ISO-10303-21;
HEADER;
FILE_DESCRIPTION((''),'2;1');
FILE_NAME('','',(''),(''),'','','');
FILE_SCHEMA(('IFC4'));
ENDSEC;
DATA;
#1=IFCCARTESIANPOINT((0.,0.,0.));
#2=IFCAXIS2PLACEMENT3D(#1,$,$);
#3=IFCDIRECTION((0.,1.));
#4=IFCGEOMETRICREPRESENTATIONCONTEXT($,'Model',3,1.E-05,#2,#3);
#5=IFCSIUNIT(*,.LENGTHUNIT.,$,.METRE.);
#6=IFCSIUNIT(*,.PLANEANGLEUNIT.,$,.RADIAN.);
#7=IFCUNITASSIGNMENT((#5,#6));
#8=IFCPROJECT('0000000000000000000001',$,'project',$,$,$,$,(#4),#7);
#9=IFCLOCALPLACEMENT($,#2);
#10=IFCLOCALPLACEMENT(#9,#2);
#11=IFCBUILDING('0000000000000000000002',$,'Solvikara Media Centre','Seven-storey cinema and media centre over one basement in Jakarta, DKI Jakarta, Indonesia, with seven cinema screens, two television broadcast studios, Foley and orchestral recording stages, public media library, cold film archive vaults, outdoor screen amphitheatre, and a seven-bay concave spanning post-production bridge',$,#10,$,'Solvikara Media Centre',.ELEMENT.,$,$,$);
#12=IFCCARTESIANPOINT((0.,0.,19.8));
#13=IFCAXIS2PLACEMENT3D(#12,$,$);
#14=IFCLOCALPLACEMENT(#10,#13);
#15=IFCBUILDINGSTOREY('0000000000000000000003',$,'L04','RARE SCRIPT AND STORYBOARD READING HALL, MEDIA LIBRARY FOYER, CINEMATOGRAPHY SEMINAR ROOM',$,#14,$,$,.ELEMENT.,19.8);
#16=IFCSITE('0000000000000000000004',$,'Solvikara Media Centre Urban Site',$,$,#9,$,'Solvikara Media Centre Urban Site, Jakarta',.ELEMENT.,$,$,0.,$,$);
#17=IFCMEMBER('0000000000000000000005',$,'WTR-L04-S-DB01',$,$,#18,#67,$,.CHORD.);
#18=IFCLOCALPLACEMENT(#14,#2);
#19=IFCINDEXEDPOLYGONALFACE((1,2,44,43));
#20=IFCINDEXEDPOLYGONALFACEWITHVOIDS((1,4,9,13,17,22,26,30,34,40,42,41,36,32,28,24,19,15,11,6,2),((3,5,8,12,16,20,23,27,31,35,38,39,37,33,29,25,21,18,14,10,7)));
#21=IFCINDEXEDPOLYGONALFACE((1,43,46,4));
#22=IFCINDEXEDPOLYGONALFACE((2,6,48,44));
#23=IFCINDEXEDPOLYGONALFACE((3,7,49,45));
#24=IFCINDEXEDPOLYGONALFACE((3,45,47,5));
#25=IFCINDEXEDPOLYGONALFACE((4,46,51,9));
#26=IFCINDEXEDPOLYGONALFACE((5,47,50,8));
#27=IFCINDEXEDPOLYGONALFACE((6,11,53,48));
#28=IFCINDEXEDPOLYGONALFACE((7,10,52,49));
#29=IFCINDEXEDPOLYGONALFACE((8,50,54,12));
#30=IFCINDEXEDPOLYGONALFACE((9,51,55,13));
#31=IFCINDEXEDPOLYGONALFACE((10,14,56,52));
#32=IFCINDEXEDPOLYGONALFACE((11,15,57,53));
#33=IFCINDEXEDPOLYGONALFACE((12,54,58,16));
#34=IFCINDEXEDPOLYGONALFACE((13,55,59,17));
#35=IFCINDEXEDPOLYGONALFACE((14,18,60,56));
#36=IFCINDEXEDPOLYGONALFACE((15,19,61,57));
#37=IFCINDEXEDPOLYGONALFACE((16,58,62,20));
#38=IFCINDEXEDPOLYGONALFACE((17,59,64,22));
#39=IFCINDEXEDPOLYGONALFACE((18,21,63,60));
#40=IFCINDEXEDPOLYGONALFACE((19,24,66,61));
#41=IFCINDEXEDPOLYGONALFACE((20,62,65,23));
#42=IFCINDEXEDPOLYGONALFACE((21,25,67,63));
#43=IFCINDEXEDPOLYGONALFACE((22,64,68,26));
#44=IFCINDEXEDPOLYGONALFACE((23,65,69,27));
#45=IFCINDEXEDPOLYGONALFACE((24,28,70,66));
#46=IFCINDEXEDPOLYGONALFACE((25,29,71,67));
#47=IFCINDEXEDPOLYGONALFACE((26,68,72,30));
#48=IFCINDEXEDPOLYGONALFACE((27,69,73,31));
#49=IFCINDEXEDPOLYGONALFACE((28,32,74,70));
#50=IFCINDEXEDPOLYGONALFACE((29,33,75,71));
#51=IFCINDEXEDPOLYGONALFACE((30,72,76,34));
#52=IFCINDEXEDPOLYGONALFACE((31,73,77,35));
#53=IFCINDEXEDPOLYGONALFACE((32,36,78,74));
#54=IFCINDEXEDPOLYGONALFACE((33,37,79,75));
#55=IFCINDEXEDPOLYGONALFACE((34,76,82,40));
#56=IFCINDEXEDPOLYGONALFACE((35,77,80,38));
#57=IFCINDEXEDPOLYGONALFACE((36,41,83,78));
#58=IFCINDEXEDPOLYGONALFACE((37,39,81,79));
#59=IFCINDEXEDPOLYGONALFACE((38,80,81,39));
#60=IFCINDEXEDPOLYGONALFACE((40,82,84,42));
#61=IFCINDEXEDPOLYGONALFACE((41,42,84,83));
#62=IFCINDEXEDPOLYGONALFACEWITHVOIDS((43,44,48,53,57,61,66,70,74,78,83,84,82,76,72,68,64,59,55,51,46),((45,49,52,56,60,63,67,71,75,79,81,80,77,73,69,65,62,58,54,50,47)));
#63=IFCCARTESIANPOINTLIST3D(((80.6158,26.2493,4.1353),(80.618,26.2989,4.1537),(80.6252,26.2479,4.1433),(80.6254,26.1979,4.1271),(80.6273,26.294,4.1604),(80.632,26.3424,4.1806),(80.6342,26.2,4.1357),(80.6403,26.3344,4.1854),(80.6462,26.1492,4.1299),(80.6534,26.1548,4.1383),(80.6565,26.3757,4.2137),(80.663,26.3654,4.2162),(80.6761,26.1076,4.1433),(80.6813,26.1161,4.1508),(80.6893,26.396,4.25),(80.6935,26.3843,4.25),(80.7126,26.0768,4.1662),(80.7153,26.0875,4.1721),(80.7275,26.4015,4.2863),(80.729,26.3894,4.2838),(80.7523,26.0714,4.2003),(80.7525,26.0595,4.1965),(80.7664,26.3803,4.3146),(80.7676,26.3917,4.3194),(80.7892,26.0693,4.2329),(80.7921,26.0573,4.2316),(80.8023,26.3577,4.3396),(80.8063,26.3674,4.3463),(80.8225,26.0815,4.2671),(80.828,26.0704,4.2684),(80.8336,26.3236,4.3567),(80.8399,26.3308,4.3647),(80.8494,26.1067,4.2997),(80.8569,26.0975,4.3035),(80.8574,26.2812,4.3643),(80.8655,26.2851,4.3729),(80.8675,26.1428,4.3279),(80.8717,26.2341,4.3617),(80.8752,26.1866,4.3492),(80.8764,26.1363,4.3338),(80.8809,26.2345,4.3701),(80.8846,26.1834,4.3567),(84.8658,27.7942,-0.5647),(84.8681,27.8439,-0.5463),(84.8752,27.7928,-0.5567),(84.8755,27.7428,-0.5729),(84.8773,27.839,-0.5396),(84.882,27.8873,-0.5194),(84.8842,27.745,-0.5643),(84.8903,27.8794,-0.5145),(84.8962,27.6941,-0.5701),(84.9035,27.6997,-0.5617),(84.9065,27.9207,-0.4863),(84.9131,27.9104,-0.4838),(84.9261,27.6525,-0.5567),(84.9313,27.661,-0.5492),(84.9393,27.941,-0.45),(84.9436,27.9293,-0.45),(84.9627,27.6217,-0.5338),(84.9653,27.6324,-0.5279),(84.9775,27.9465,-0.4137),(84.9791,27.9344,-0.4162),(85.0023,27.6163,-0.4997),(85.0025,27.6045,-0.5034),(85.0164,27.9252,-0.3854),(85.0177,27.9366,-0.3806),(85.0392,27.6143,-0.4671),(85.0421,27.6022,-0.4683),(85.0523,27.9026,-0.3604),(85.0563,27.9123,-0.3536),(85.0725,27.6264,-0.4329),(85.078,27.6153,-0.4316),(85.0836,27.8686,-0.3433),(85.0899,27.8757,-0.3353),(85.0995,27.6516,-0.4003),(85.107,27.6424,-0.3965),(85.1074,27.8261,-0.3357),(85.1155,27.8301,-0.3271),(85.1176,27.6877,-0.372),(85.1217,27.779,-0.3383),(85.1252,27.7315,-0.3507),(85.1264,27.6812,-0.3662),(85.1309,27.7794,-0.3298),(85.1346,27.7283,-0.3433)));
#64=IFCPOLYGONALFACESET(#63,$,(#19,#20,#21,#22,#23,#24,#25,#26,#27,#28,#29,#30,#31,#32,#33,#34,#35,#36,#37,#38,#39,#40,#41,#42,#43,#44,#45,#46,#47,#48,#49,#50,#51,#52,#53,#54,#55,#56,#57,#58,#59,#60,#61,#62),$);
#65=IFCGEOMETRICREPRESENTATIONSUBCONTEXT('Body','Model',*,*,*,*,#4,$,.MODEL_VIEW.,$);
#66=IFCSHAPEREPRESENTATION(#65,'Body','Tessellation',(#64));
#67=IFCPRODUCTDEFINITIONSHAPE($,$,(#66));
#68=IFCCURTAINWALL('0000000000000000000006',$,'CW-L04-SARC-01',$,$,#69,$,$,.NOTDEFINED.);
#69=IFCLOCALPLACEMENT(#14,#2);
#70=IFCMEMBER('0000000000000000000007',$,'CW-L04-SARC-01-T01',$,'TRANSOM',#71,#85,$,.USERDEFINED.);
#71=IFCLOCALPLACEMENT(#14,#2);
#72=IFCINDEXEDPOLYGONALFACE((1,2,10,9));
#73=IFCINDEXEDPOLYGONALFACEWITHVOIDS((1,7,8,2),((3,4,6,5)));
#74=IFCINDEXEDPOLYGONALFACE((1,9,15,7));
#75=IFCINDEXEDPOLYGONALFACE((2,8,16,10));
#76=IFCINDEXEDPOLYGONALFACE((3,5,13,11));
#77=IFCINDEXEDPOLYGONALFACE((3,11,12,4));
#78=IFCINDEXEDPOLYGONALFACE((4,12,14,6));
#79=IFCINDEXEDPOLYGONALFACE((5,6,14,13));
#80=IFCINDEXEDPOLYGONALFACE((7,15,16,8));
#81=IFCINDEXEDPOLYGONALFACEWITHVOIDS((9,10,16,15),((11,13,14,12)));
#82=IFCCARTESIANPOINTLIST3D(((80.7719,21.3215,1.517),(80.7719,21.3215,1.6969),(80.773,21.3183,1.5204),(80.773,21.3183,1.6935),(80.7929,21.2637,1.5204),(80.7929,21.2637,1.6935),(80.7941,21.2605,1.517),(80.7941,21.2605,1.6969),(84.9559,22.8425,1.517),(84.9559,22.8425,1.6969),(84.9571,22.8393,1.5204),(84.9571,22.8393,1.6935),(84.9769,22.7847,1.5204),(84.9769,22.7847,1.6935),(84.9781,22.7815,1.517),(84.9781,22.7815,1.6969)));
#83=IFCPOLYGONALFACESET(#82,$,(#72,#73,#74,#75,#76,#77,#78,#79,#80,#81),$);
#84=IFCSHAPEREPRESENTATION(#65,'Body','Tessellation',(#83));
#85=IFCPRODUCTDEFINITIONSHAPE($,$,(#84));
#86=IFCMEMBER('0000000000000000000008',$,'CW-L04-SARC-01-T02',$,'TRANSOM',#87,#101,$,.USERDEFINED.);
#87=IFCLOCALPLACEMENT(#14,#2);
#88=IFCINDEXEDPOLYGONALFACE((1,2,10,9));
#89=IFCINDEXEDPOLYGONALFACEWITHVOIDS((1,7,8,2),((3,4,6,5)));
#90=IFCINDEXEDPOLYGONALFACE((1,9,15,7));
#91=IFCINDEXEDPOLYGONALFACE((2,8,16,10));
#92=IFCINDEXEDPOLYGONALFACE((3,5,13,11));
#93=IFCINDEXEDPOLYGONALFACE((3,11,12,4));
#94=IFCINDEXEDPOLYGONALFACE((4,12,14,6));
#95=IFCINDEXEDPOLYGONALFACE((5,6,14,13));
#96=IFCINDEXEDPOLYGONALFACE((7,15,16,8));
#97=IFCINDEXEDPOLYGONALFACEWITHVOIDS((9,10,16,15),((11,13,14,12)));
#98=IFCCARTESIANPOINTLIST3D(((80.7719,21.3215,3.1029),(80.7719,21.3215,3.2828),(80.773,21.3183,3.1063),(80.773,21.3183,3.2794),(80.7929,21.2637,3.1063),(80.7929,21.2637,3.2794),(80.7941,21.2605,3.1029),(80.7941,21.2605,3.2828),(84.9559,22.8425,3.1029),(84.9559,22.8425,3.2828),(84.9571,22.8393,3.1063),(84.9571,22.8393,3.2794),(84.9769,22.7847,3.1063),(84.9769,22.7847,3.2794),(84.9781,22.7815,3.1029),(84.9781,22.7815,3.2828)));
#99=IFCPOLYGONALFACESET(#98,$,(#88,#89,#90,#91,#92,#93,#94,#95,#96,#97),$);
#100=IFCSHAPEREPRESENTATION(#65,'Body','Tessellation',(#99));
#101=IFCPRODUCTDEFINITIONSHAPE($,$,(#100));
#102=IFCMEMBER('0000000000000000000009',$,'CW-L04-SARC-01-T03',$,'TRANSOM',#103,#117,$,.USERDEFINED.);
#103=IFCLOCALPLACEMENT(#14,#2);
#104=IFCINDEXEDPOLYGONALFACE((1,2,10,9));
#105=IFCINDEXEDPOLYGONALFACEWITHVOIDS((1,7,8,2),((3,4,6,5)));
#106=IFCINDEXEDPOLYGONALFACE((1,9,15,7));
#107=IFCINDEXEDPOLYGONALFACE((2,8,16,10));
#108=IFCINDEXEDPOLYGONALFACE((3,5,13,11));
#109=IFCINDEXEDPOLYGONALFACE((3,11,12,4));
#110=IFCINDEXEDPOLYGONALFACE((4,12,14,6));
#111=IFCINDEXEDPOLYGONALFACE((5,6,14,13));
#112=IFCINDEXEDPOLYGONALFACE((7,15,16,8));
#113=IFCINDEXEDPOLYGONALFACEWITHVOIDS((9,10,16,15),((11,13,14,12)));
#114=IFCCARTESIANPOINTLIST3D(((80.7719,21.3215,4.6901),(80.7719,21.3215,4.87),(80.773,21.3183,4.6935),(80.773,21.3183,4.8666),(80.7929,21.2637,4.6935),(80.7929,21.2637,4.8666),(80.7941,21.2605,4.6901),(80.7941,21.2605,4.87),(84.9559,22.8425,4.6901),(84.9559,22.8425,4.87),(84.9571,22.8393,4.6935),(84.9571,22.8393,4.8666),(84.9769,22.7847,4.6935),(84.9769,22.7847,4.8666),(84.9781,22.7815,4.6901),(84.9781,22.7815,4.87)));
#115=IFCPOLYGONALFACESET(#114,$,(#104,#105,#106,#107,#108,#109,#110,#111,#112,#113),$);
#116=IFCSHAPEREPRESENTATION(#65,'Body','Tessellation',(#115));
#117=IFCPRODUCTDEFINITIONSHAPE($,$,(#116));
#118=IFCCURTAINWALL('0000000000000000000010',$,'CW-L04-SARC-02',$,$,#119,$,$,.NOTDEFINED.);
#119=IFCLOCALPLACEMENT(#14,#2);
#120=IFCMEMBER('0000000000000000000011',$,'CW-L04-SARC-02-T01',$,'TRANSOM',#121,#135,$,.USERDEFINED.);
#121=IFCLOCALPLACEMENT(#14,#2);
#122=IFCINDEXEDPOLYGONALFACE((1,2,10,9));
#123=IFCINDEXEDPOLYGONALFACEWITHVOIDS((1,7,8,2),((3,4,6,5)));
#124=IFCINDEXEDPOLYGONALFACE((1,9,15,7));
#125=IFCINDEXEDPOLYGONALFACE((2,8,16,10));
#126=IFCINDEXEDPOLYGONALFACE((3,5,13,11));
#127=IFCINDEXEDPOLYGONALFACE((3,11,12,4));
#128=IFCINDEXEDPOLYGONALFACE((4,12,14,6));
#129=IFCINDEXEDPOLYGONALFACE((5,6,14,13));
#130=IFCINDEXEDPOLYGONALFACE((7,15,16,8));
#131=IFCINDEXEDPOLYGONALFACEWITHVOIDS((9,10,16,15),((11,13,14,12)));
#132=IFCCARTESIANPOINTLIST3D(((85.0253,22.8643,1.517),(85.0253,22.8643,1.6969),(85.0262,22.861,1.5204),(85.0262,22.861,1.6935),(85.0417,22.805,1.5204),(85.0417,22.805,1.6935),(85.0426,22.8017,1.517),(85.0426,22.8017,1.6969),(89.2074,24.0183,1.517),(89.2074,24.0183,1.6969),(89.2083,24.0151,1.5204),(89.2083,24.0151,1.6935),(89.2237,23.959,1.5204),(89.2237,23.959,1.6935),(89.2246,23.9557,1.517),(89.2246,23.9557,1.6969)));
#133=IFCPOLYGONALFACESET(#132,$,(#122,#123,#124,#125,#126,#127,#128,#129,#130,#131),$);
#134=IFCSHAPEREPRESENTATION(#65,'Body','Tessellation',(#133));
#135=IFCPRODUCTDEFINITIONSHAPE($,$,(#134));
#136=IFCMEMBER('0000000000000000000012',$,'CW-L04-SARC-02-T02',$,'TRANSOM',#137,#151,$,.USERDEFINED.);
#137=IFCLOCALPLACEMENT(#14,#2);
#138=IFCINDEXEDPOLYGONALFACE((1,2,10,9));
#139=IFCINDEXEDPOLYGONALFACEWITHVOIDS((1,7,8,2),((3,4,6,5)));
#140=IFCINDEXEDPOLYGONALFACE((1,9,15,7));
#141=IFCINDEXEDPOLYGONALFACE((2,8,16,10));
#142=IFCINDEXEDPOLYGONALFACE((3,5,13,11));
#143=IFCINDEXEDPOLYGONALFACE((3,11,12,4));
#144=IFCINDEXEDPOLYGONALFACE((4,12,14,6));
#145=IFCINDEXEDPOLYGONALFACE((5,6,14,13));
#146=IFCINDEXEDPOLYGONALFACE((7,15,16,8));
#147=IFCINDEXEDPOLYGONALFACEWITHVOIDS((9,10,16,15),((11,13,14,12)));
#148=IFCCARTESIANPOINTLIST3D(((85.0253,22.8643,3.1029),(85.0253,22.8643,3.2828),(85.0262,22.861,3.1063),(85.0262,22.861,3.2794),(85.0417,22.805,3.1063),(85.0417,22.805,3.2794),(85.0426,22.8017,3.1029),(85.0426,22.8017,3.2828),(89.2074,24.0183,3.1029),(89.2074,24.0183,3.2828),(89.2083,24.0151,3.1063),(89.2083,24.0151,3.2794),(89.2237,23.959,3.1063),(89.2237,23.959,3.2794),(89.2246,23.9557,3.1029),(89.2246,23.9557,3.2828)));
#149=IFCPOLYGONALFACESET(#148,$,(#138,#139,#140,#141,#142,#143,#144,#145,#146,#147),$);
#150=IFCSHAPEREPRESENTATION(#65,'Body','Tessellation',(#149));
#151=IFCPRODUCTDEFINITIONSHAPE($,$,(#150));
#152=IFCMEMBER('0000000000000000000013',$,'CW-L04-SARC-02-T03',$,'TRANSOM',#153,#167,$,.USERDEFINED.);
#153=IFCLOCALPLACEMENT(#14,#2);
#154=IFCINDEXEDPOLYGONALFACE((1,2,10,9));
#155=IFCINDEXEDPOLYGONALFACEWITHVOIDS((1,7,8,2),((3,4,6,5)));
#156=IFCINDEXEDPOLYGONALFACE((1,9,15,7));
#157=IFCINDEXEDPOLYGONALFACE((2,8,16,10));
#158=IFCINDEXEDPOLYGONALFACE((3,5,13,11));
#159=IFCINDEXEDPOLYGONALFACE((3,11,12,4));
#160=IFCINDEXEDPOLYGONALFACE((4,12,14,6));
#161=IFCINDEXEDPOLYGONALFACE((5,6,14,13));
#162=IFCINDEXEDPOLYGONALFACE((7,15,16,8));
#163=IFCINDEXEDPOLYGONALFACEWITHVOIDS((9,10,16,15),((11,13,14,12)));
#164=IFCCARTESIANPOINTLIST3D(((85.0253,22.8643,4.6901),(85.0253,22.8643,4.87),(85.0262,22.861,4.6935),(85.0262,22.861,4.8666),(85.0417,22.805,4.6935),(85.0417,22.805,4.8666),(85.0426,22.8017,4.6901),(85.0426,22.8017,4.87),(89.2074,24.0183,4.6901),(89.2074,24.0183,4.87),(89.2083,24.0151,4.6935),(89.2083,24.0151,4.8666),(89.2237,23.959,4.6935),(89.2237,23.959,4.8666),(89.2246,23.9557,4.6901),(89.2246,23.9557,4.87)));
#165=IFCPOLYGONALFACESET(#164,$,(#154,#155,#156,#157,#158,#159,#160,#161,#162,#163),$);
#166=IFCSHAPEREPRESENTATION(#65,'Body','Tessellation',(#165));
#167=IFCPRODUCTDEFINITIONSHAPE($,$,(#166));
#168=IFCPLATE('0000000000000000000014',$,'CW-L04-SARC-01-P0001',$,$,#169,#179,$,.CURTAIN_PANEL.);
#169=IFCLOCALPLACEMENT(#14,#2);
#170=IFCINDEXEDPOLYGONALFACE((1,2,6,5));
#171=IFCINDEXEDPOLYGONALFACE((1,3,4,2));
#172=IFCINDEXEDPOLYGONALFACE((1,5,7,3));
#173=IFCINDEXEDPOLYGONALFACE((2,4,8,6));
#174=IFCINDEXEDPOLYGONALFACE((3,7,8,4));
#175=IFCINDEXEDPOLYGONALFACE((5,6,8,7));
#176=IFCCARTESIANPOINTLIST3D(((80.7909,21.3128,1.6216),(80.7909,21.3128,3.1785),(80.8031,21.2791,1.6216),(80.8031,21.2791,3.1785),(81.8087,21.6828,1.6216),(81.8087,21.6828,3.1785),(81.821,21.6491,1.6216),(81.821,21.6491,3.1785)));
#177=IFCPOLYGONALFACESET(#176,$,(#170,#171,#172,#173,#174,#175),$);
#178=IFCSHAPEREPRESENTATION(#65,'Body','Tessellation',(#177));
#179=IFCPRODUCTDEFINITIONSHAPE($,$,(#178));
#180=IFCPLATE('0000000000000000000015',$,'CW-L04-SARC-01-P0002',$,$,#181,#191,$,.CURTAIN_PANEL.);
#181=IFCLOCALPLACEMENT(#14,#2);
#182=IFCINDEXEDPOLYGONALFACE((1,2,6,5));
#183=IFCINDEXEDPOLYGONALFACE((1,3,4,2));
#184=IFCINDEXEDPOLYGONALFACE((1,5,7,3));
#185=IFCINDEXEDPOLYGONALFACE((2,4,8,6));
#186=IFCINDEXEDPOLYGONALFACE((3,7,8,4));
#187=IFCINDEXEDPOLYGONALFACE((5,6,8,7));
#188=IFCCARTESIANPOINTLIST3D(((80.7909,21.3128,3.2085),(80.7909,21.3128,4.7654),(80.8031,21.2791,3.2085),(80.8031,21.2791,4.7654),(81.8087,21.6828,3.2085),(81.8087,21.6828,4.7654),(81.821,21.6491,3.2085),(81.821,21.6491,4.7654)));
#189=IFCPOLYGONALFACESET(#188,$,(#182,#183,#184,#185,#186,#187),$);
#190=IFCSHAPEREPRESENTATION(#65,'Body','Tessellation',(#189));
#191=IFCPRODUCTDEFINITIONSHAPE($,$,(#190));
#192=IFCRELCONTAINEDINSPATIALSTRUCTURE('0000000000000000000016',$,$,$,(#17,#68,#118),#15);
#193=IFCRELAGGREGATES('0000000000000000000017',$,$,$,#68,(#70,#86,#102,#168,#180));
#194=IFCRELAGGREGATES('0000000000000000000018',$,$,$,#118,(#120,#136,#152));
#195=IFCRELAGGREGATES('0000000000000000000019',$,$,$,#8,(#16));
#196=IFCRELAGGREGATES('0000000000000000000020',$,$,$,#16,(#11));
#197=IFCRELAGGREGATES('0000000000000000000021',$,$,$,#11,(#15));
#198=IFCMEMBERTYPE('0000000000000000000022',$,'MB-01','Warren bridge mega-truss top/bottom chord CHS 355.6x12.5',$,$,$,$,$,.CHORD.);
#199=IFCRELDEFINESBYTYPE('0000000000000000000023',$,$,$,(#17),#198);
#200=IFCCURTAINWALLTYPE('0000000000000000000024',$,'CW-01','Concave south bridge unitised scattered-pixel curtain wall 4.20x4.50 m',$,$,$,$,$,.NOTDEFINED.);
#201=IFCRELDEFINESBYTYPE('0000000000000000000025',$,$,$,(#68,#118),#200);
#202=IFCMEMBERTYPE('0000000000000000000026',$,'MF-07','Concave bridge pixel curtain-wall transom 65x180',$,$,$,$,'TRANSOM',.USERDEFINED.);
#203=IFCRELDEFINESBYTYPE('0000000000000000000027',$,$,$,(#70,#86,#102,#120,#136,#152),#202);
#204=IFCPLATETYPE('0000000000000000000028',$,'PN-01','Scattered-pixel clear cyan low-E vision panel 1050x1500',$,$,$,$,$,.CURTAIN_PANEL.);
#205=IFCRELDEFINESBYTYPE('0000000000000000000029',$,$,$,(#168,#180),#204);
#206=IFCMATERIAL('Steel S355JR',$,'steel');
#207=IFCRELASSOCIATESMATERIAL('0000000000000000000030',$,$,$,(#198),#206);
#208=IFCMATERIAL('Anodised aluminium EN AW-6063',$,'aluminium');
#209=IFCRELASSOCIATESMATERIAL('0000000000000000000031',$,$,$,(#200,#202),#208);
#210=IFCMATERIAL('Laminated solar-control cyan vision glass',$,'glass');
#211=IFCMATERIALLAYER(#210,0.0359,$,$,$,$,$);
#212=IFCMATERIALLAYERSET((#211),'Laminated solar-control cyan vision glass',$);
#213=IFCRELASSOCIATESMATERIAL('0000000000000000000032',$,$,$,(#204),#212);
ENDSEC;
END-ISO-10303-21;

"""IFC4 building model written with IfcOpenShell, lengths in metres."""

from ifc_helpers import new_model, si_unit, direction, frame, origin, origin_2d, place, context, subcontext, project, spatial, rectangle, hollow_rectangle, hollow_circle, extrude, material, layer, layer_set, material_profile, profile_set, type_object, element, aggregate, save


model = new_model("IFC4")

# Units and contexts
model_context = context("Model", 3, precision=1e-05, world=origin(), true_north=direction((0.0, 1.0)))
body_context = subcontext(model_context, "Body", "Model", "MODEL_VIEW")
ifc_project = project(units=[si_unit("LENGTHUNIT", "METRE"), si_unit("PLANEANGLEUNIT", "RADIAN")], contexts=[model_context])

# Site, building, storey
site_placement = place(None, origin())
site = spatial("IfcSite", under=ifc_project, at=site_placement, Name="Solvikara Media Centre Urban Site", LongName="Solvikara Media Centre Urban Site, Jakarta", CompositionType="ELEMENT", RefElevation=0.0)
building_placement = place(site_placement, origin())
building = spatial("IfcBuilding", under=site, at=building_placement, Name="Solvikara Media Centre", Description="Seven-storey cinema and media centre over one basement in Jakarta, DKI Jakarta, Indonesia, with seven cinema screens, two television broadcast studios, Foley and orchestral recording stages, public media library, cold film archive vaults, outdoor screen amphitheatre, and a seven-bay concave spanning post-production bridge", LongName="Solvikara Media Centre", CompositionType="ELEMENT")
storey_placement = place(building_placement, frame((0.0, 0.0, 19.8)))
storey = spatial("IfcBuildingStorey", under=building, at=storey_placement, Name="L04", Description="RARE SCRIPT AND STORYBOARD READING HALL, MEDIA LIBRARY FOYER, CINEMATOGRAPHY SEMINAR ROOM", CompositionType="ELEMENT", Elevation=19.8)

# Member
ifc_material_1 = material(Name="Steel S355JR", Category="steel")
ifc_material_profile_1 = material_profile(ifc_material_1, hollow_circle(Radius=0.1777, WallThickness=0.0125, at=origin_2d()), Name="CHS 355.6x12.5")
ifc_profile_set_1 = profile_set([ifc_material_profile_1], Name="Steel S355JR")
member_type_1 = type_object("IfcMemberType", Name="MB-01", Description="Warren bridge mega-truss top/bottom chord CHS 355.6x12.5", PredefinedType="CHORD", material=ifc_profile_set_1)
member_1_placement = place(storey_placement, frame((80.75, 26.229, 4.25), z_axis=(0.651623, 0.236872, -0.720611), x_axis=(-0.341639, 0.939831, 0.0)))
element("IfcMember", 1, at=member_1_placement, inside=storey, type_object=member_type_1, Name="WTR-L04-S-DB01", PredefinedType="CHORD", context=body_context, shape_type="SweptSolid", body=[
    extrude(hollow_circle(Radius=0.1777, WallThickness=0.0125, at=origin_2d()), origin(), (0.0, 0.0, 1.0), 6.5222),
])

# Curtain walls, members
ifc_material_2 = material(Name="Anodised aluminium EN AW-6063", Category="aluminium")
curtain_wall_type = type_object("IfcCurtainWallType", Name="CW-01", Description="Concave south bridge unitised scattered-pixel curtain wall 4.20x4.50 m", PredefinedType="NOTDEFINED", material=ifc_material_2)
curtain_wall_1_placement = place(storey_placement, origin())
curtain_wall_1 = element("IfcCurtainWall", 2, at=curtain_wall_1_placement, inside=storey, type_object=curtain_wall_type, Name="CW-L04-SARC-01", PredefinedType="NOTDEFINED")
ifc_material_profile_2 = material_profile(ifc_material_2, hollow_rectangle(XDim=0.0649, YDim=0.1799, WallThickness=0.0034, at=origin_2d()), Name="ALU-T 65x180x3.5")
ifc_profile_set_2 = profile_set([ifc_material_profile_2], Name="Anodised aluminium EN AW-6063")
member_type_2 = type_object("IfcMemberType", Name="MF-07", Description="Concave bridge pixel curtain-wall transom 65x180", ElementType="TRANSOM", PredefinedType="USERDEFINED", material=ifc_profile_set_2)
member_2_placement = place(storey_placement, frame((80.783, 21.291, 1.6069), z_axis=(0.939829, 0.341646, 0.0), x_axis=(-0.341646, 0.939829, 0.0)))
member_2 = element("IfcMember", 3, at=member_2_placement, type_object=member_type_2, Name="CW-L04-SARC-01-T01", ObjectType="TRANSOM", PredefinedType="USERDEFINED", context=body_context, shape_type="SweptSolid", body=[
    extrude(hollow_rectangle(XDim=0.0649, YDim=0.1799, WallThickness=0.0034, at=origin_2d()), origin(), (0.0, 0.0, 1.0), 4.4519),
])
member_3_placement = place(storey_placement, frame((80.783, 21.291, 3.1929), z_axis=(0.939829, 0.341646, 0.0), x_axis=(-0.341646, 0.939829, 0.0)))
member_3 = element("IfcMember", 4, at=member_3_placement, type_object=member_type_2, Name="CW-L04-SARC-01-T02", ObjectType="TRANSOM", PredefinedType="USERDEFINED", context=body_context, shape_type="SweptSolid", body=[
    extrude(hollow_rectangle(XDim=0.0649, YDim=0.1799, WallThickness=0.0034, at=origin_2d()), origin(), (0.0, 0.0, 1.0), 4.4519),
])
member_4_placement = place(storey_placement, frame((80.783, 21.291, 4.78), z_axis=(0.939829, 0.341646, 0.0), x_axis=(-0.341646, 0.939829, 0.0)))
member_4 = element("IfcMember", 5, at=member_4_placement, type_object=member_type_2, Name="CW-L04-SARC-01-T03", ObjectType="TRANSOM", PredefinedType="USERDEFINED", context=body_context, shape_type="SweptSolid", body=[
    extrude(hollow_rectangle(XDim=0.0649, YDim=0.1799, WallThickness=0.0034, at=origin_2d()), origin(), (0.0, 0.0, 1.0), 4.4519),
])
curtain_wall_2_placement = place(storey_placement, origin())
curtain_wall_2 = element("IfcCurtainWall", 6, at=curtain_wall_2_placement, inside=storey, type_object=curtain_wall_type, Name="CW-L04-SARC-02", PredefinedType="NOTDEFINED")
member_5_placement = place(storey_placement, frame((85.0339, 22.833, 1.6069), z_axis=(0.963971, 0.266007, 0.0), x_axis=(-0.266007, 0.963971, 0.0)))
member_5 = element("IfcMember", 7, at=member_5_placement, type_object=member_type_2, Name="CW-L04-SARC-02-T01", ObjectType="TRANSOM", PredefinedType="USERDEFINED", context=body_context, shape_type="SweptSolid", body=[
    extrude(hollow_rectangle(XDim=0.0649, YDim=0.1799, WallThickness=0.0034, at=origin_2d()), origin(), (0.0, 0.0, 1.0), 4.3384),
])
member_6_placement = place(storey_placement, frame((85.0339, 22.833, 3.1929), z_axis=(0.963971, 0.266007, 0.0), x_axis=(-0.266007, 0.963971, 0.0)))
member_6 = element("IfcMember", 8, at=member_6_placement, type_object=member_type_2, Name="CW-L04-SARC-02-T02", ObjectType="TRANSOM", PredefinedType="USERDEFINED", context=body_context, shape_type="SweptSolid", body=[
    extrude(hollow_rectangle(XDim=0.0649, YDim=0.1799, WallThickness=0.0034, at=origin_2d()), origin(), (0.0, 0.0, 1.0), 4.3384),
])
member_7_placement = place(storey_placement, frame((85.0339, 22.833, 4.78), z_axis=(0.963971, 0.266007, 0.0), x_axis=(-0.266007, 0.963971, 0.0)))
member_7 = element("IfcMember", 9, at=member_7_placement, type_object=member_type_2, Name="CW-L04-SARC-02-T03", ObjectType="TRANSOM", PredefinedType="USERDEFINED", context=body_context, shape_type="SweptSolid", body=[
    extrude(hollow_rectangle(XDim=0.0649, YDim=0.1799, WallThickness=0.0034, at=origin_2d()), origin(), (0.0, 0.0, 1.0), 4.3384),
])

# Plates
ifc_material_3 = material(Name="Laminated solar-control cyan vision glass", Category="glass")
ifc_layer_1 = layer(ifc_material_3, 0.0359)
ifc_layer_set_1 = layer_set([ifc_layer_1], Name="Laminated solar-control cyan vision glass")
plate_type_1 = type_object("IfcPlateType", Name="PN-01", Description="Scattered-pixel clear cyan low-E vision panel 1050x1500", PredefinedType="CURTAIN_PANEL", material=ifc_layer_set_1)
plate_1_placement = place(storey_placement, frame((81.3059, 21.481, 1.6216), z_axis=(0.0, 0.0, 1.0), x_axis=(0.939824, 0.341659, 0.0)))
plate_1 = element("IfcPlate", 10, at=plate_1_placement, type_object=plate_type_1, Name="CW-L04-SARC-01-P0001", PredefinedType="CURTAIN_PANEL", context=body_context, shape_type="SweptSolid", body=[
    extrude(rectangle(XDim=1.083, YDim=0.0359, at=origin_2d()), origin(), (0.0, 0.0, 1.0), 1.5569),
])
plate_2_placement = place(storey_placement, frame((81.3059, 21.481, 3.2085), z_axis=(0.0, 0.0, 1.0), x_axis=(0.939824, 0.341659, 0.0)))
plate_2 = element("IfcPlate", 11, at=plate_2_placement, type_object=plate_type_1, Name="CW-L04-SARC-01-P0002", PredefinedType="CURTAIN_PANEL", context=body_context, shape_type="SweptSolid", body=[
    extrude(rectangle(XDim=1.083, YDim=0.0359, at=origin_2d()), origin(), (0.0, 0.0, 1.0), 1.5569),
])
aggregate(curtain_wall_1, [member_2, member_3, member_4, plate_1, plate_2])
aggregate(curtain_wall_2, [member_5, member_6, member_7])

save(model, "model.ifc")
